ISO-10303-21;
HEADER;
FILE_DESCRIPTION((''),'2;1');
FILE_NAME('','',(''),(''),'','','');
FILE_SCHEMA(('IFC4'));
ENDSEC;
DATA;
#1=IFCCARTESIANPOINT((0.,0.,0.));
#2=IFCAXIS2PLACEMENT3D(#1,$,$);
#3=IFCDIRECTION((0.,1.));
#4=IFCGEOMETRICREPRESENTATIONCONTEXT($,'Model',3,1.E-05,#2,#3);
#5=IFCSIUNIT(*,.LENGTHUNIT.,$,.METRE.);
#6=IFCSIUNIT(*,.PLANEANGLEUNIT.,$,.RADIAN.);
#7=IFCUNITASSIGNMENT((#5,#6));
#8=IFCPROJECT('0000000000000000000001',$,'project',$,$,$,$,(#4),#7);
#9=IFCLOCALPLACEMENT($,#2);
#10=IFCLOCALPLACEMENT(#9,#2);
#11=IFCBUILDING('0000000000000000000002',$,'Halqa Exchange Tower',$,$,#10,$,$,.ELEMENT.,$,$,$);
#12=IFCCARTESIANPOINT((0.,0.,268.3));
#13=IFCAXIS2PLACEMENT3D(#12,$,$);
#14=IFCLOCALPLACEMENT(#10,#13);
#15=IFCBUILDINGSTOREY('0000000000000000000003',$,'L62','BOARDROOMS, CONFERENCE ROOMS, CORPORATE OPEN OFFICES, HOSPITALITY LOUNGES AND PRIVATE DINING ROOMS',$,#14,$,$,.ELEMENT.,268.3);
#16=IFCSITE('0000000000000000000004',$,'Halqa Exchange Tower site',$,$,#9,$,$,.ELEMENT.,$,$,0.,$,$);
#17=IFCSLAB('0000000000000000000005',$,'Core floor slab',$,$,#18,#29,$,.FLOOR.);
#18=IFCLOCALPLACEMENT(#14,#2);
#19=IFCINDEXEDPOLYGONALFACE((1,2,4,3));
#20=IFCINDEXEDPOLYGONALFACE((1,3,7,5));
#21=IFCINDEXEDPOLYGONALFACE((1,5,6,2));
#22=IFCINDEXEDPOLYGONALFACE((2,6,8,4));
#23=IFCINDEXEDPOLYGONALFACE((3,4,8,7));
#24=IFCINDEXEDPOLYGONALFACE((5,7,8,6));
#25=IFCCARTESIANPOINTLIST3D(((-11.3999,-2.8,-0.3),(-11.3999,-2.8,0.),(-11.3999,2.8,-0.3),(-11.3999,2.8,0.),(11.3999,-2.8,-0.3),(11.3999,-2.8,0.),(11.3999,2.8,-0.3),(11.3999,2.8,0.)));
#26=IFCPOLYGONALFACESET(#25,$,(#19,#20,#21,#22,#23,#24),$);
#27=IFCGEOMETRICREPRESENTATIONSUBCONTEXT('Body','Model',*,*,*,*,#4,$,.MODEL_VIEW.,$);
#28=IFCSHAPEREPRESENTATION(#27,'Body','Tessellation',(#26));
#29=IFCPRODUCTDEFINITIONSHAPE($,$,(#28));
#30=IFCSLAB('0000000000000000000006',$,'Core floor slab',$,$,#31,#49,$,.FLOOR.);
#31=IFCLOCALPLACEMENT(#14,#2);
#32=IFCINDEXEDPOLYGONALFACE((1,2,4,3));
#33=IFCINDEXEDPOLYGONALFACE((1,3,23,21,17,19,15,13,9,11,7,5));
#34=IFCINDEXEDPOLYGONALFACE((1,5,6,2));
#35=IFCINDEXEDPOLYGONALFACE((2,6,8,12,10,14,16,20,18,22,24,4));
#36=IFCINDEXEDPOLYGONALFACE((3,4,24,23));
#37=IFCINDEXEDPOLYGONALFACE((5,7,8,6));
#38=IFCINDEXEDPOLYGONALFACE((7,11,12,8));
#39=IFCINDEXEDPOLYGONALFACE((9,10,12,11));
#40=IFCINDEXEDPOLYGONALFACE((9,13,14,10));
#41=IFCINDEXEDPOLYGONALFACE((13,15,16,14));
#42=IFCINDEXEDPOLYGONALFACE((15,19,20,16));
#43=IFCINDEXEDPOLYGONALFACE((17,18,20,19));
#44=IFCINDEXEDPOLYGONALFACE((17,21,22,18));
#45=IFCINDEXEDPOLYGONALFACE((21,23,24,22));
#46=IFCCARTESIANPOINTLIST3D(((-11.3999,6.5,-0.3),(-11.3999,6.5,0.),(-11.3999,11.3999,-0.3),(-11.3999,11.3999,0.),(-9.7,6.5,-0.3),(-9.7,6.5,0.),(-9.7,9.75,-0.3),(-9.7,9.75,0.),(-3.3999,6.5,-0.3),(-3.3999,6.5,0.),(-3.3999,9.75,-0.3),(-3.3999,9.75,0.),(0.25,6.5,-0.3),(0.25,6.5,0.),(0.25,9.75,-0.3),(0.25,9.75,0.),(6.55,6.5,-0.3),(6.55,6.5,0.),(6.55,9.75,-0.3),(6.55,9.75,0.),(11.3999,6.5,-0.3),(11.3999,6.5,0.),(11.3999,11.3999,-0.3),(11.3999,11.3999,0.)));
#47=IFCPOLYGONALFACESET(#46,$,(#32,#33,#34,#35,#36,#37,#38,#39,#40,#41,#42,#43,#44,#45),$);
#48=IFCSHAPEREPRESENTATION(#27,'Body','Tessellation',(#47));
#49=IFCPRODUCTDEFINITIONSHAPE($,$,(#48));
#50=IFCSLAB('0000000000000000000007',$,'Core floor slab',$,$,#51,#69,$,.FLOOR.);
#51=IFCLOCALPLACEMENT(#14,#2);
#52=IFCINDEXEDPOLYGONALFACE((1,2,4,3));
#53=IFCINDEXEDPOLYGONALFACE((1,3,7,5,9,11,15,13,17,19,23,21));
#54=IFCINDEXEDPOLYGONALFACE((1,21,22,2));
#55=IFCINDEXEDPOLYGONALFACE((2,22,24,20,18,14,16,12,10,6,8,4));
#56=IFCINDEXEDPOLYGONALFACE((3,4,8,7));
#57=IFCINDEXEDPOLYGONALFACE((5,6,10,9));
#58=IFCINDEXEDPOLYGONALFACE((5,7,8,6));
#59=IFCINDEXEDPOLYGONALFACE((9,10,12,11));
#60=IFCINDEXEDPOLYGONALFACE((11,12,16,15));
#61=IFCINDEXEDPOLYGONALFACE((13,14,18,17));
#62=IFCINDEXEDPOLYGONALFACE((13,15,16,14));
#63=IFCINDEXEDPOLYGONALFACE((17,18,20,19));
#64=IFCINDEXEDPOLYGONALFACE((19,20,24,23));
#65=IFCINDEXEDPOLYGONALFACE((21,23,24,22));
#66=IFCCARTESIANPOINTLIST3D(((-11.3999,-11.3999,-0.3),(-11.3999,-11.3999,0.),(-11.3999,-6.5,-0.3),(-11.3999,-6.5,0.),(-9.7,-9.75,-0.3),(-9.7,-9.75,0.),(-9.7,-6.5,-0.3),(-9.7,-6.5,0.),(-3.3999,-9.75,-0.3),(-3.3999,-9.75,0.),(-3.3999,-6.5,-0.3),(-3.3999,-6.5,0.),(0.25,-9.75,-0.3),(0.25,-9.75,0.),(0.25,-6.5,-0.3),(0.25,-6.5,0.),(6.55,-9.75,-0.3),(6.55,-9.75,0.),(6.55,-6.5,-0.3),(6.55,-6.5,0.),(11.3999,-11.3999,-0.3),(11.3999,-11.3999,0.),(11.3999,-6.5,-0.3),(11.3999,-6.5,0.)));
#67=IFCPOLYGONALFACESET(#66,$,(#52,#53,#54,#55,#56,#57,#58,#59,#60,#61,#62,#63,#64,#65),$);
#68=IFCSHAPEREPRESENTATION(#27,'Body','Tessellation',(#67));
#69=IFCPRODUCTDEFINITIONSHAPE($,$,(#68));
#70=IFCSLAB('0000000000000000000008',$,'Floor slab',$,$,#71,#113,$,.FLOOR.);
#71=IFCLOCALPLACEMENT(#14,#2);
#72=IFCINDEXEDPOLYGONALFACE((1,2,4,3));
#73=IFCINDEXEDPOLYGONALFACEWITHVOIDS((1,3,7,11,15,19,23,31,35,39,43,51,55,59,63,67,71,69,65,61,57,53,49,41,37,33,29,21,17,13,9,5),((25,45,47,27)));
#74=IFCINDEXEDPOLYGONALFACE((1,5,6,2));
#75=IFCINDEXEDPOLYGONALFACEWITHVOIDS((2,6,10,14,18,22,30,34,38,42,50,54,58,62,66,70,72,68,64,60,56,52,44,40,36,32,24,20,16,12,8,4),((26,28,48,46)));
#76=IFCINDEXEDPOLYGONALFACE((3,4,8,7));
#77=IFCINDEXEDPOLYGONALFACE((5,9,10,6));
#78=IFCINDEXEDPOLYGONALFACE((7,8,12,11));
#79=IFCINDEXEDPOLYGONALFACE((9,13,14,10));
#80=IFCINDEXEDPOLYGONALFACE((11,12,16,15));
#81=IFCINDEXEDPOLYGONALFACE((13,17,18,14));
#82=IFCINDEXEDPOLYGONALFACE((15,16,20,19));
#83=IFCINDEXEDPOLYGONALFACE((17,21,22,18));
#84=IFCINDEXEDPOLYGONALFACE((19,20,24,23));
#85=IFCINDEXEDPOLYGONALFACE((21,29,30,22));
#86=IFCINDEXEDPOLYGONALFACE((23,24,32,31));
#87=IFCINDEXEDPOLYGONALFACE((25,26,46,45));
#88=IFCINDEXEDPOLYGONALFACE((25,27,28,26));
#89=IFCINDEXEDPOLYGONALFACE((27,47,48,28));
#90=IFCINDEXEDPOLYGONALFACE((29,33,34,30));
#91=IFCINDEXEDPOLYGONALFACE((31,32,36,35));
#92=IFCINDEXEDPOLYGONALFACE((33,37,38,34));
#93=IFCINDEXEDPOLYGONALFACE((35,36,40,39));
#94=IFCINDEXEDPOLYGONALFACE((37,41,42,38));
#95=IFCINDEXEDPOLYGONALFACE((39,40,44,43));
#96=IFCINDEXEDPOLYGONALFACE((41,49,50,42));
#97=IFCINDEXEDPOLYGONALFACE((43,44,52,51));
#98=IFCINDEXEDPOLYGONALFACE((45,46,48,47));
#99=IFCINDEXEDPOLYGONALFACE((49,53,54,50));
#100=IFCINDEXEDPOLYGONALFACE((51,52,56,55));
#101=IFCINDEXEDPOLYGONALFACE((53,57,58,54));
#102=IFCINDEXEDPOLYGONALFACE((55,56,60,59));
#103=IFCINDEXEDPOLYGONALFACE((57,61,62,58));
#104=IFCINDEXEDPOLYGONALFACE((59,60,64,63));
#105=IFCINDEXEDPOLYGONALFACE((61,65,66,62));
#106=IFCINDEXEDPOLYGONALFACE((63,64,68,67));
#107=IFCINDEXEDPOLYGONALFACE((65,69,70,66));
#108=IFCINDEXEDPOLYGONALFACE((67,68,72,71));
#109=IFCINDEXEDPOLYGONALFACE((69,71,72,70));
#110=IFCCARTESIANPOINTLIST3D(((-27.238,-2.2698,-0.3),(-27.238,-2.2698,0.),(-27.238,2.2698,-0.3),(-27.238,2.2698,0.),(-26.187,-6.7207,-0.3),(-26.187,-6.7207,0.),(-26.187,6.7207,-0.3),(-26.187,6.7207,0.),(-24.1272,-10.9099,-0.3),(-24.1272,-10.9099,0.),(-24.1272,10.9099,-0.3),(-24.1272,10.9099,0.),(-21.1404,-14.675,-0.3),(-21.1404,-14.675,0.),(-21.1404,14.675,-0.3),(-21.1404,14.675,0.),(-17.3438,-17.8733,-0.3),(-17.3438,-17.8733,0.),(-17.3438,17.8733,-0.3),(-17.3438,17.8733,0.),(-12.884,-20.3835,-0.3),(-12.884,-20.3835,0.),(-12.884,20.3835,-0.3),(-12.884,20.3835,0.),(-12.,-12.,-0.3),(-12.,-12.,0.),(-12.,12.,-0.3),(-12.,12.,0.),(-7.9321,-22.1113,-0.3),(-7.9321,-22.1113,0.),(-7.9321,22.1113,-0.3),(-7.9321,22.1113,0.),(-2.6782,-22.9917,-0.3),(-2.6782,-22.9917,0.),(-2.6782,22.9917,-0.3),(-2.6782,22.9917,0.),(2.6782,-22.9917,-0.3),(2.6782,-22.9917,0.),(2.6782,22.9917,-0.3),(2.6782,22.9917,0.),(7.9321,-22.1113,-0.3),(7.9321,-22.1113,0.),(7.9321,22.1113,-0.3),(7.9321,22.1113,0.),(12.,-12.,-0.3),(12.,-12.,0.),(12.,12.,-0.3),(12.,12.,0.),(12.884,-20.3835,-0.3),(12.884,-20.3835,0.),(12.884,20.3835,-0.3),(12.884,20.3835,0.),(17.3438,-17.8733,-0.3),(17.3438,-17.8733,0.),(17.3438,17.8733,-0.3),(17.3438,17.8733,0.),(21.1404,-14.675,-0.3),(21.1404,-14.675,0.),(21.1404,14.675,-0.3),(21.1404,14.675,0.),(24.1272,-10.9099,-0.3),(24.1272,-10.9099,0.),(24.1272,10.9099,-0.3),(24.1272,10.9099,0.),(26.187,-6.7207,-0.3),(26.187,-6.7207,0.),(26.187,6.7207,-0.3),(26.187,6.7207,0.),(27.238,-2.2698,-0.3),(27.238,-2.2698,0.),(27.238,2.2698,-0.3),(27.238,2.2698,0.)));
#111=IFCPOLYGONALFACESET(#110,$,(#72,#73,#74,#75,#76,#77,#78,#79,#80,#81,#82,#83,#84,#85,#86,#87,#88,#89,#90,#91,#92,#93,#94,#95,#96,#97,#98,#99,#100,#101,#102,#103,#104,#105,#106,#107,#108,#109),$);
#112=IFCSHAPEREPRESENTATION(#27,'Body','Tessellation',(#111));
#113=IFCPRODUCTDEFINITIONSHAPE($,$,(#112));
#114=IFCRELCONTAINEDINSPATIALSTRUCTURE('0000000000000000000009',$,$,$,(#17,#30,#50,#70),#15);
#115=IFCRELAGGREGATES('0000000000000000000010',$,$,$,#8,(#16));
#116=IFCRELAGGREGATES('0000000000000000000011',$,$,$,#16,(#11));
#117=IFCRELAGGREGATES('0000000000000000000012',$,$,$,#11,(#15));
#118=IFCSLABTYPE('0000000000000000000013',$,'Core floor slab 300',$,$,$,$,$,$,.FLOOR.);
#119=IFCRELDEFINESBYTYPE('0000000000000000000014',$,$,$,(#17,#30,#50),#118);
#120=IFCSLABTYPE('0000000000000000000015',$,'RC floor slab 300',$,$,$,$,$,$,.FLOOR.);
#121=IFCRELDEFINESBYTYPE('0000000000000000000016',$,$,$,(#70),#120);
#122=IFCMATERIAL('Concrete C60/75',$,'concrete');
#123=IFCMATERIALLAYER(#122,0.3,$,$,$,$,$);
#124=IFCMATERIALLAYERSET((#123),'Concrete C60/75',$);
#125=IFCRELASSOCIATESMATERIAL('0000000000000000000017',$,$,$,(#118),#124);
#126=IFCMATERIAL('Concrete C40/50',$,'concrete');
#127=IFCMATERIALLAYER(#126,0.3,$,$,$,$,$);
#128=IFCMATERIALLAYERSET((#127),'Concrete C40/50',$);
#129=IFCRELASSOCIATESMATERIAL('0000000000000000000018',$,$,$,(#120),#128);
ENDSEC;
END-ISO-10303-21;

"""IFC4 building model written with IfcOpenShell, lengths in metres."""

from ifc_helpers import new_model, si_unit, direction, frame, origin, place, context, subcontext, project, spatial, polyline, outline, extrude, material, layer, layer_set, type_object, element, save


model = new_model("IFC4")

# Units and contexts
model_context = context("Model", 3, precision=1e-05, world=origin(), true_north=direction((0.0, 1.0)))
body_context = subcontext(model_context, "Body", "Model", "MODEL_VIEW")
ifc_project = project(units=[si_unit("LENGTHUNIT", "METRE"), si_unit("PLANEANGLEUNIT", "RADIAN")], contexts=[model_context])

# Site, building, storey
site_placement = place(None, origin())
site = spatial("IfcSite", under=ifc_project, at=site_placement, Name="Halqa Exchange Tower site", CompositionType="ELEMENT", RefElevation=0.0)
building_placement = place(site_placement, origin())
building = spatial("IfcBuilding", under=site, at=building_placement, Name="Halqa Exchange Tower", CompositionType="ELEMENT")
storey_placement = place(building_placement, frame((0.0, 0.0, 268.3)))
storey = spatial("IfcBuildingStorey", under=building, at=storey_placement, Name="L62", Description="BOARDROOMS, CONFERENCE ROOMS, CORPORATE OPEN OFFICES, HOSPITALITY LOUNGES AND PRIVATE DINING ROOMS", CompositionType="ELEMENT", Elevation=268.3)

# Slabs
ifc_material_1 = material(Name="Concrete C60/75", Category="concrete")
ifc_layer_1 = layer(ifc_material_1, 0.3)
ifc_layer_set_1 = layer_set([ifc_layer_1], Name="Concrete C60/75")
slab_type_1 = type_object("IfcSlabType", Name="Core floor slab 300", PredefinedType="FLOOR", material=ifc_layer_set_1)
slab_1_placement = place(storey_placement, frame((0.0, 0.0, -0.3)))
element("IfcSlab", 1, at=slab_1_placement, inside=storey, type_object=slab_type_1, Name="Core floor slab", PredefinedType="FLOOR", context=body_context, shape_type="SweptSolid", body=[
    extrude(outline(polyline([(-11.3999, 2.8), (11.3999, 2.8), (11.3999, -2.8), (-11.3999, -2.8), (-11.3999, 2.8)])), origin(), (0.0, 0.0, 1.0), 0.3),
])
slab_2_placement = place(storey_placement, frame((0.0, 0.0, -0.3)))
element("IfcSlab", 2, at=slab_2_placement, inside=storey, type_object=slab_type_1, Name="Core floor slab", PredefinedType="FLOOR", context=body_context, shape_type="SweptSolid", body=[
    extrude(outline(polyline([(-11.3999, 11.3999), (11.3999, 11.3999), (11.3999, 6.5), (6.55, 6.5), (6.55, 9.75), (0.25, 9.75), (0.25, 6.5), (-3.3999, 6.5), (-3.3999, 9.75), (-9.7, 9.75), (-9.7, 6.5), (-11.3999, 6.5), (-11.3999, 11.3999)])), origin(), (0.0, 0.0, 1.0), 0.3),
])
slab_3_placement = place(storey_placement, frame((0.0, 0.0, -0.3)))
element("IfcSlab", 3, at=slab_3_placement, inside=storey, type_object=slab_type_1, Name="Core floor slab", PredefinedType="FLOOR", context=body_context, shape_type="SweptSolid", body=[
    extrude(outline(polyline([(-11.3999, -6.5), (-9.7, -6.5), (-9.7, -9.75), (-3.3999, -9.75), (-3.3999, -6.5), (0.25, -6.5), (0.25, -9.75), (6.55, -9.75), (6.55, -6.5), (11.3999, -6.5), (11.3999, -11.3999), (-11.3999, -11.3999), (-11.3999, -6.5)])), origin(), (0.0, 0.0, 1.0), 0.3),
])
ifc_material_2 = material(Name="Concrete C40/50", Category="concrete")
ifc_layer_2 = layer(ifc_material_2, 0.3)
ifc_layer_set_2 = layer_set([ifc_layer_2], Name="Concrete C40/50")
slab_type_2 = type_object("IfcSlabType", Name="RC floor slab 300", PredefinedType="FLOOR", material=ifc_layer_set_2)
slab_4_placement = place(storey_placement, frame((0.0, 0.0, -0.3)))
element("IfcSlab", 4, at=slab_4_placement, inside=storey, type_object=slab_type_2, Name="Floor slab", PredefinedType="FLOOR", context=body_context, shape_type="SweptSolid", body=[
    extrude(outline(polyline([(27.238, 2.2698), (26.187, 6.7207), (24.1272, 10.9099), (21.1404, 14.675), (17.3438, 17.8733), (12.884, 20.3835), (7.9321, 22.1113), (2.6782, 22.9917), (-2.6782, 22.9917), (-7.9321, 22.1113), (-12.884, 20.3835), (-17.3438, 17.8733), (-21.1404, 14.675), (-24.1272, 10.9099), (-26.187, 6.7207), (-27.238, 2.2698), (-27.238, -2.2698), (-26.187, -6.7207), (-24.1272, -10.9099), (-21.1404, -14.675), (-17.3438, -17.8733), (-12.884, -20.3835), (-7.9321, -22.1113), (-2.6782, -22.9917), (2.6782, -22.9917), (7.9321, -22.1113), (12.884, -20.3835), (17.3438, -17.8733), (21.1404, -14.675), (24.1272, -10.9099), (26.187, -6.7207), (27.238, -2.2698), (27.238, 2.2698)]), holes=[polyline([(-12.0, -12.0), (12.0, -12.0), (12.0, 12.0), (-12.0, 12.0), (-12.0, -12.0)])]), origin(), (0.0, 0.0, 1.0), 0.3),
])

save(model, "model.ifc")
